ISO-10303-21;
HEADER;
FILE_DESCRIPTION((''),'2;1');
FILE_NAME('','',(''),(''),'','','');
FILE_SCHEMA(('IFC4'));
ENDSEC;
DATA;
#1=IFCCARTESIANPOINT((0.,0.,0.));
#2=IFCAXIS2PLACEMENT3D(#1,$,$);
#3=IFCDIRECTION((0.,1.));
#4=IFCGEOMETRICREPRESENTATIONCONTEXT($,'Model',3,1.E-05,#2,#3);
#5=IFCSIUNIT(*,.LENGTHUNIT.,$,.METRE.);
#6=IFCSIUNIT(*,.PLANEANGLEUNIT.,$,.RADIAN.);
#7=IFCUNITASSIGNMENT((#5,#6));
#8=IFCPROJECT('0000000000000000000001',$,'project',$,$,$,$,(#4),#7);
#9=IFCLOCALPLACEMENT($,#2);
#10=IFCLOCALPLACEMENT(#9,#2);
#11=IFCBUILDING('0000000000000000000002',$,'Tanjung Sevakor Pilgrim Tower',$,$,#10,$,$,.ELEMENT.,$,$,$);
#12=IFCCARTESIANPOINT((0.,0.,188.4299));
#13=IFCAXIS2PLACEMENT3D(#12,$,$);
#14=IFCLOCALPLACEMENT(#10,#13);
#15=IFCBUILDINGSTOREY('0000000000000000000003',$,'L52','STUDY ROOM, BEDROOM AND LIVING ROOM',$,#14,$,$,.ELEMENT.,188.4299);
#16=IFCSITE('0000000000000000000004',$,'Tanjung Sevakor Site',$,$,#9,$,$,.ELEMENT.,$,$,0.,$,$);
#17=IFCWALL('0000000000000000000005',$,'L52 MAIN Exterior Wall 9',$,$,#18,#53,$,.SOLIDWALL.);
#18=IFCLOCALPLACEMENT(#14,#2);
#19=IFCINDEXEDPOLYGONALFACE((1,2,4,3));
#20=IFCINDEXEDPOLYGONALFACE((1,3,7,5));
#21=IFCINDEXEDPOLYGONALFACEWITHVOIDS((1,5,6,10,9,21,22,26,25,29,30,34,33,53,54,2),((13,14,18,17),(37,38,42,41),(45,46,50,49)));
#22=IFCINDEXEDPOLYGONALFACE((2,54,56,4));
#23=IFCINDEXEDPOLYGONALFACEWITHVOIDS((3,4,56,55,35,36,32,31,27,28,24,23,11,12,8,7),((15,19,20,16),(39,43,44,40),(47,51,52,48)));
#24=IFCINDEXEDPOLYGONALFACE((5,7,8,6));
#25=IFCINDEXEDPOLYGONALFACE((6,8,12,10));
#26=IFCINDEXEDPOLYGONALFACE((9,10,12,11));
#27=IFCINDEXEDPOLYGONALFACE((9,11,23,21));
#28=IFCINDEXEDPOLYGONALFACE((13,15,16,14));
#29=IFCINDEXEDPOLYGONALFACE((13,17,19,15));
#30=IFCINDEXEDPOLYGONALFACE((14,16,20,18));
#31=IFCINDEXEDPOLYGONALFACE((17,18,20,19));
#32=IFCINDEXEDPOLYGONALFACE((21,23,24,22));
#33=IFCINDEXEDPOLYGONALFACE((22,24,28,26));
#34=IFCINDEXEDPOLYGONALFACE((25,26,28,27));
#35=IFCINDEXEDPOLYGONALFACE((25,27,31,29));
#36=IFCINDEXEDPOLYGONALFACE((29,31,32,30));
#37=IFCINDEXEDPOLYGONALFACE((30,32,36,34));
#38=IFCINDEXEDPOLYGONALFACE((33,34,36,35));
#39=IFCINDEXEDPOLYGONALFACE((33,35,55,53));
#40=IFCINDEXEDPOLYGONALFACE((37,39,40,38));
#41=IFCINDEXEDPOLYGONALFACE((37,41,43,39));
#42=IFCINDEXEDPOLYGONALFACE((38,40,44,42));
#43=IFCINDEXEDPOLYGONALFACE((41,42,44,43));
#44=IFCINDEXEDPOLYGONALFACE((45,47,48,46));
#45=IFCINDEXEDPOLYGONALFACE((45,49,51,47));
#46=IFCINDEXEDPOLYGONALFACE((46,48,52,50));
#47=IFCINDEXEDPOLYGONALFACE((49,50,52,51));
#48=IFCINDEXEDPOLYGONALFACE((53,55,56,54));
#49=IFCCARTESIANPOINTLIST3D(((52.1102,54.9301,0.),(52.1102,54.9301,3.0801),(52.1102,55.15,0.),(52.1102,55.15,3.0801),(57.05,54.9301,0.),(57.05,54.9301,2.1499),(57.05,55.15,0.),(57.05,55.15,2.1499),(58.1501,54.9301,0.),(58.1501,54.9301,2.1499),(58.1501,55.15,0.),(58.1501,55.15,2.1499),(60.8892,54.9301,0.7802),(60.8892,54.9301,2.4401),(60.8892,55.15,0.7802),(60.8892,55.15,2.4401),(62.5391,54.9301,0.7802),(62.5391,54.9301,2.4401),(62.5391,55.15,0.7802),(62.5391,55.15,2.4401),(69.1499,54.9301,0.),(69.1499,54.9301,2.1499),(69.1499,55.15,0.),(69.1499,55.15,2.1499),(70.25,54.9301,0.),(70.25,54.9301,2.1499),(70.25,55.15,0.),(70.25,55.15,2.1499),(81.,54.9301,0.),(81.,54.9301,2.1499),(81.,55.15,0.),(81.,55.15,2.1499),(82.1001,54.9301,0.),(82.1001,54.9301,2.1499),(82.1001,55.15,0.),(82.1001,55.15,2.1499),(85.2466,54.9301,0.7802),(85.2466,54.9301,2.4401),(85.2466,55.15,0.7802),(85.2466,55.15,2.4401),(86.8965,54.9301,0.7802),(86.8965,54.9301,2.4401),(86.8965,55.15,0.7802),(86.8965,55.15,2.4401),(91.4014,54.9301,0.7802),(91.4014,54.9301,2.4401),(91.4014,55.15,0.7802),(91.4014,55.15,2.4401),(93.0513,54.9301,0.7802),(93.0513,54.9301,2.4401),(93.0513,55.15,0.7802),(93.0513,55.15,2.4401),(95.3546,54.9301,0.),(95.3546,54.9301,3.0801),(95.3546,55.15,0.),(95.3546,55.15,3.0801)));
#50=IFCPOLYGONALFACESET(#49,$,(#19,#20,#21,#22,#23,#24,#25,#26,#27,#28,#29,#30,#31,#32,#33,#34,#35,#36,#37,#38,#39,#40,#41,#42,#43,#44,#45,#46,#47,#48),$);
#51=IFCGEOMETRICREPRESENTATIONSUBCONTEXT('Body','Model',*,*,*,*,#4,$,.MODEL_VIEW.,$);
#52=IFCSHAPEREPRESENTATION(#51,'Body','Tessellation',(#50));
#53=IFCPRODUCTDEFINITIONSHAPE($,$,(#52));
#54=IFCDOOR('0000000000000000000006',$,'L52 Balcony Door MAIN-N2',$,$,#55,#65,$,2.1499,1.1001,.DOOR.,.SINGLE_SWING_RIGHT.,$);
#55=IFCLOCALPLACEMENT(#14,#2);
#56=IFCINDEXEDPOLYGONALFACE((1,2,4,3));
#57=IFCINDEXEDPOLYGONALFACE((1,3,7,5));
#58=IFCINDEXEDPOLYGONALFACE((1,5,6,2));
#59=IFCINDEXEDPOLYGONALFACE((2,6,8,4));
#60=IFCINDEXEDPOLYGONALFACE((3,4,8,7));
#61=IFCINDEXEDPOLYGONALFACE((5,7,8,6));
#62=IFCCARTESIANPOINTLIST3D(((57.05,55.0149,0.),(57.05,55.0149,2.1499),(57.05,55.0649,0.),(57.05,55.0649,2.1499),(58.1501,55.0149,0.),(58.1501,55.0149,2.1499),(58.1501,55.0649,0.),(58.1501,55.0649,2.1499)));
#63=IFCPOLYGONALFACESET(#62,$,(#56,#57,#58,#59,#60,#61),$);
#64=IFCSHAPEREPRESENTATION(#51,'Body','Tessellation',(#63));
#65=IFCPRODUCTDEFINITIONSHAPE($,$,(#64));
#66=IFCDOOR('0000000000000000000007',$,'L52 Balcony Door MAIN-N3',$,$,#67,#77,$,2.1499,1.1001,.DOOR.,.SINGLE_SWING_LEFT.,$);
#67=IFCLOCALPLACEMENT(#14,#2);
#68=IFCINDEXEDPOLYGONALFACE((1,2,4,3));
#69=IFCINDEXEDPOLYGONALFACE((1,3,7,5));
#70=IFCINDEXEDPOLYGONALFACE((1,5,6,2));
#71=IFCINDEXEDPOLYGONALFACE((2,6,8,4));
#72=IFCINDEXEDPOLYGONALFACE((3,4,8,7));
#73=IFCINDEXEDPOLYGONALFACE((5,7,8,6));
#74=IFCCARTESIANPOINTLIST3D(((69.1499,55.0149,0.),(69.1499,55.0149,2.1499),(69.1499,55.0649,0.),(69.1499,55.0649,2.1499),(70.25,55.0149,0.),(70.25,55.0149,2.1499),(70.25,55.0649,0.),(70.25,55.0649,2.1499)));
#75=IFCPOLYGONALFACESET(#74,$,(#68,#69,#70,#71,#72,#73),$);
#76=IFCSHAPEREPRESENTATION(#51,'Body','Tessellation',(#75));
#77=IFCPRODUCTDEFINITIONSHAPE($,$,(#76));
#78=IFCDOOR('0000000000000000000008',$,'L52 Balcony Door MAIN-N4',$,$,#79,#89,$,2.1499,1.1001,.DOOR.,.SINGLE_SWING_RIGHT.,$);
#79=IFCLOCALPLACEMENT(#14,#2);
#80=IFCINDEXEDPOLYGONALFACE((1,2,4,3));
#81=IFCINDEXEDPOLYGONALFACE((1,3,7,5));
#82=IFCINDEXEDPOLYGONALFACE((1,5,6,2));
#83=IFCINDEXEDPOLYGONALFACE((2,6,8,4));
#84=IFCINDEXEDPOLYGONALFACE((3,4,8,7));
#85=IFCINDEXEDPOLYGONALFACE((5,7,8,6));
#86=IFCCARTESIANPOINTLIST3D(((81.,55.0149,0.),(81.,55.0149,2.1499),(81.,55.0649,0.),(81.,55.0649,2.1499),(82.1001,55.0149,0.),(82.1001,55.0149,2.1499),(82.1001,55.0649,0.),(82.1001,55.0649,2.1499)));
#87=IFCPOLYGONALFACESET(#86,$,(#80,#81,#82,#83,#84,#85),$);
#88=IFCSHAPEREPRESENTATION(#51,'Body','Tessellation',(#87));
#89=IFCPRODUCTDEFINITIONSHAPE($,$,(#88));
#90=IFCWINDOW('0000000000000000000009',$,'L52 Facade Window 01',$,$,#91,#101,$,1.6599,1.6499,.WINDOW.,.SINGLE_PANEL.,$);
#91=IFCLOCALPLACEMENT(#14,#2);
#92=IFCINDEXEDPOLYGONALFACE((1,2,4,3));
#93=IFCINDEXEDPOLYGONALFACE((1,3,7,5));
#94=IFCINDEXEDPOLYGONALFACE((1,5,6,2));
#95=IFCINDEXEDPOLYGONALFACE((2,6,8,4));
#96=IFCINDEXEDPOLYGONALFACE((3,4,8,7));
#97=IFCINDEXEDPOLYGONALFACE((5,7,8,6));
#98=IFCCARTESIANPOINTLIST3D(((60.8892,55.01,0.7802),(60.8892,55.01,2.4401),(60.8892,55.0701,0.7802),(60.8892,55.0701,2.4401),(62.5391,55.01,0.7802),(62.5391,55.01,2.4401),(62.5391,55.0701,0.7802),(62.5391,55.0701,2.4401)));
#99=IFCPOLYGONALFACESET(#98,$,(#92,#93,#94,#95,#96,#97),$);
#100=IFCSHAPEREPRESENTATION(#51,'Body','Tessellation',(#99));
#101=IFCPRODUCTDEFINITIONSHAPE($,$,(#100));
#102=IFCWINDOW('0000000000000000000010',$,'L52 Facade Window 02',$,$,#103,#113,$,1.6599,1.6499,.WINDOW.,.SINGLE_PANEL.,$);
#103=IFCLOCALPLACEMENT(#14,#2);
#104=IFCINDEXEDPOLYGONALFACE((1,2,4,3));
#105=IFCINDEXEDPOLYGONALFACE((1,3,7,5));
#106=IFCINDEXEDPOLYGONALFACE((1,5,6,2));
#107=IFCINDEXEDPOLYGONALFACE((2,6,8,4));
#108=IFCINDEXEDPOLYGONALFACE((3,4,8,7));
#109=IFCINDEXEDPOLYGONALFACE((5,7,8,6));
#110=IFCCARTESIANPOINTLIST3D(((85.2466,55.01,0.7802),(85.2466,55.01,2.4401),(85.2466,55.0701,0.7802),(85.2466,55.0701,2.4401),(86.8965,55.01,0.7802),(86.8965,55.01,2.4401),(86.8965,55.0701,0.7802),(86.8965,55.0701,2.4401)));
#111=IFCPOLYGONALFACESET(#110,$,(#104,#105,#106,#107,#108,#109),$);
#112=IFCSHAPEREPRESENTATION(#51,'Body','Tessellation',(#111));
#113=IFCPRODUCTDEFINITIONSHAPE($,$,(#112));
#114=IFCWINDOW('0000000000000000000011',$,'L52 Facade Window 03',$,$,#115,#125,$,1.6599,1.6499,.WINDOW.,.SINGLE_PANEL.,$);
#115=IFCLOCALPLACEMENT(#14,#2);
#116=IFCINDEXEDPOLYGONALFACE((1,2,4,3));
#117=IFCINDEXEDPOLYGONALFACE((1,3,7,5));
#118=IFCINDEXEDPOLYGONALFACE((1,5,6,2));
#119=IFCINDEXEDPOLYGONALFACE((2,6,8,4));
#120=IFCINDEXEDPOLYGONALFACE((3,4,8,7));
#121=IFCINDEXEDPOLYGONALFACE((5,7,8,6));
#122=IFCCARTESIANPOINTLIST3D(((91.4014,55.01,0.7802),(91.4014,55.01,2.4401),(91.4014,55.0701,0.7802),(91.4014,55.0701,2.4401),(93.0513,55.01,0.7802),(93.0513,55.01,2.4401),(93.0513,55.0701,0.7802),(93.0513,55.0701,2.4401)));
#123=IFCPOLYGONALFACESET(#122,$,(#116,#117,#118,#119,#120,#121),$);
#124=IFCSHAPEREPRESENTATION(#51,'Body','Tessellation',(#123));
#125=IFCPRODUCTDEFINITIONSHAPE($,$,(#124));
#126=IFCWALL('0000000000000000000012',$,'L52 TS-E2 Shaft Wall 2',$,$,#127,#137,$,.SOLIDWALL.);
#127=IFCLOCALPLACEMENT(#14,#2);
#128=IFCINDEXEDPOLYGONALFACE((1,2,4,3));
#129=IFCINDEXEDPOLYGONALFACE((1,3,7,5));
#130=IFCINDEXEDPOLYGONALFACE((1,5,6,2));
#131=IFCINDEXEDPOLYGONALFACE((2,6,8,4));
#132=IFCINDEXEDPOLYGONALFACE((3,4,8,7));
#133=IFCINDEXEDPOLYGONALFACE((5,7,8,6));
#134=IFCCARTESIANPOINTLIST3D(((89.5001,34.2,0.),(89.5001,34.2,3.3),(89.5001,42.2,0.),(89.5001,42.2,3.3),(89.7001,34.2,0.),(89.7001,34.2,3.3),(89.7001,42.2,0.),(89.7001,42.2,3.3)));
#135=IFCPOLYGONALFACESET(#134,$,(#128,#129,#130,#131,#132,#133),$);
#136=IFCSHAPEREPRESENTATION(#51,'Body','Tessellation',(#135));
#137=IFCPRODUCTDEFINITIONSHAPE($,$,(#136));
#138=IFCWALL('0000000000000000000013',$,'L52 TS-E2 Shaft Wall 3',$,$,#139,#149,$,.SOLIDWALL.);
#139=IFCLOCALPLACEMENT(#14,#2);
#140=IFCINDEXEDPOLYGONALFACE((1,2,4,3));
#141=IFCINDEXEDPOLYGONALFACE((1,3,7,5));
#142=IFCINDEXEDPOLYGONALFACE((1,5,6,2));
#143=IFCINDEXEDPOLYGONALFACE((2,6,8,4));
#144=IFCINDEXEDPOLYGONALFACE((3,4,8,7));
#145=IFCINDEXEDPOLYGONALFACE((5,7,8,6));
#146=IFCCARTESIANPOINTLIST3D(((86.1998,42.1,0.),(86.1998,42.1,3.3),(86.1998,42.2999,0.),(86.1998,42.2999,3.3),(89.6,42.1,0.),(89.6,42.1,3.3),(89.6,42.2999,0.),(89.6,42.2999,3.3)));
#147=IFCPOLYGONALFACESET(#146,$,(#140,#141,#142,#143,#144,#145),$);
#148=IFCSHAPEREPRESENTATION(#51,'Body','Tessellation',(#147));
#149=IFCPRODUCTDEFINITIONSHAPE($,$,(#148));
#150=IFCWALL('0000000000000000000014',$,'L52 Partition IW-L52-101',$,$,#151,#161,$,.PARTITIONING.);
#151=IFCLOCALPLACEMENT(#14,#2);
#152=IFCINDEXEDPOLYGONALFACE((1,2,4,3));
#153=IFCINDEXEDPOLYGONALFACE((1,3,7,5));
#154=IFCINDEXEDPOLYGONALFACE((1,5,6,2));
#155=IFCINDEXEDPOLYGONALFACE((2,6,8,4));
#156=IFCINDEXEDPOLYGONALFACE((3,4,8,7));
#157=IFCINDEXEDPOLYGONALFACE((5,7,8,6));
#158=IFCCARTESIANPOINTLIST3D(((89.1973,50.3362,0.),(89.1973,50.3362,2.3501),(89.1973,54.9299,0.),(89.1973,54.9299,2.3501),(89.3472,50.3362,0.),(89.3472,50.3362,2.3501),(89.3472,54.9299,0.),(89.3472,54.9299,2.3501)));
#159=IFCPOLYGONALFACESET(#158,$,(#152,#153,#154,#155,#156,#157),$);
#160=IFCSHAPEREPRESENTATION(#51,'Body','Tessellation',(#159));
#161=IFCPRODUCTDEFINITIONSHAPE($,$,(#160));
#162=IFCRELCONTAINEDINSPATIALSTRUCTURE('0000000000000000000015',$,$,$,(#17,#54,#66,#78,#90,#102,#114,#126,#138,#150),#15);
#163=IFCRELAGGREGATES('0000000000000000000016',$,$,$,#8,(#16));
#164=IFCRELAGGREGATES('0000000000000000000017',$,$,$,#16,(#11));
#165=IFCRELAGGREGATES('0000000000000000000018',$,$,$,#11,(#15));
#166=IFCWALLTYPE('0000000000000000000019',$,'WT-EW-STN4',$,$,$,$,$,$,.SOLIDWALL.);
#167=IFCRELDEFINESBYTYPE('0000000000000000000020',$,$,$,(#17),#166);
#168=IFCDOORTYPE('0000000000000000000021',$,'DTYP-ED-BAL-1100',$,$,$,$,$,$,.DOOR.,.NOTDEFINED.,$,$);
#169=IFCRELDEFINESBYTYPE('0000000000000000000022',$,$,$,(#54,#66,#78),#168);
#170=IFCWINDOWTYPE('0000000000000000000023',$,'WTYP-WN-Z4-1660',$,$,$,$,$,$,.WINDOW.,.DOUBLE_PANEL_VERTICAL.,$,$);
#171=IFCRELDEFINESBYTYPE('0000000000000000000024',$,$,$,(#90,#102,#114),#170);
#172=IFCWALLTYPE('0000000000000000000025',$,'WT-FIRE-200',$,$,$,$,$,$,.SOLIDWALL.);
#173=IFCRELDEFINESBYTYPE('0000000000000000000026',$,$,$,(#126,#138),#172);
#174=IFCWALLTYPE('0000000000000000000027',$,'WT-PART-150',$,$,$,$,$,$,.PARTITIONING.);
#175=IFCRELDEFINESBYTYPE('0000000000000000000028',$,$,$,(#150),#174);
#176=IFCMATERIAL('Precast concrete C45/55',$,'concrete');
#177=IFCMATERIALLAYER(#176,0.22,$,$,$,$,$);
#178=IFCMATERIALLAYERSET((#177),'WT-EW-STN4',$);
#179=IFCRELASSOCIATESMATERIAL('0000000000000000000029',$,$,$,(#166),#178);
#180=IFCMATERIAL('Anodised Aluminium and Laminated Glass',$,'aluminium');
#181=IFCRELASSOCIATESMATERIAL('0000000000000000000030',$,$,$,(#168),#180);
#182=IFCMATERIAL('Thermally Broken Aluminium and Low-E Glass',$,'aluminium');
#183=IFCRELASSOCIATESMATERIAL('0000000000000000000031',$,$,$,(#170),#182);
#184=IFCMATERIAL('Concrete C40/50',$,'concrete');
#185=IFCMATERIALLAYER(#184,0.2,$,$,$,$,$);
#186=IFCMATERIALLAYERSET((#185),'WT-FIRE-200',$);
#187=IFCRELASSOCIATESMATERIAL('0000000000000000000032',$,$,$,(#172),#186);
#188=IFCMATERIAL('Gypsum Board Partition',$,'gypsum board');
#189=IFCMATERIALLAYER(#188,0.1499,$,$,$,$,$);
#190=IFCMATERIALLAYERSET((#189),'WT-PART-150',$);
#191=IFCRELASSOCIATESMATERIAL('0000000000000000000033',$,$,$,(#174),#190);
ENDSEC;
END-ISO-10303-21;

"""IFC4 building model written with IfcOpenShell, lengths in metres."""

from ifc_helpers import new_model, si_unit, direction, frame, frame_2d, origin, place, context, subcontext, project, spatial, rectangle, extrude, material, layer, layer_set, type_object, element, fill, save


model = new_model("IFC4")

# Units and contexts
model_context = context("Model", 3, precision=1e-05, world=origin(), true_north=direction((0.0, 1.0)))
body_context = subcontext(model_context, "Body", "Model", "MODEL_VIEW")
ifc_project = project(units=[si_unit("LENGTHUNIT", "METRE"), si_unit("PLANEANGLEUNIT", "RADIAN")], contexts=[model_context])

# Site, building, storey
site_placement = place(None, origin())
site = spatial("IfcSite", under=ifc_project, at=site_placement, Name="Tanjung Sevakor Site", CompositionType="ELEMENT", RefElevation=0.0)
building_placement = place(site_placement, origin())
building = spatial("IfcBuilding", under=site, at=building_placement, Name="Tanjung Sevakor Pilgrim Tower", CompositionType="ELEMENT")
storey_placement = place(building_placement, frame((0.0, 0.0, 188.4299)))
storey = spatial("IfcBuildingStorey", under=building, at=storey_placement, Name="L52", Description="STUDY ROOM, BEDROOM AND LIVING ROOM", CompositionType="ELEMENT", Elevation=188.4299)

# Wall, openings, doors, windows
ifc_material_1 = material(Name="Precast concrete C45/55", Category="concrete")
ifc_layer_1 = layer(ifc_material_1, 0.22)
ifc_layer_set_1 = layer_set([ifc_layer_1], Name="WT-EW-STN4")
wall_type_1 = type_object("IfcWallType", Name="WT-EW-STN4", PredefinedType="SOLIDWALL", material=ifc_layer_set_1)
wall_1_placement = place(storey_placement, frame((95.3545, 55.04, 0.0), z_axis=(0.0, 0.0, 1.0), x_axis=(-1.0, 0.0, 0.0)))
wall_1 = element("IfcWall", 1, at=wall_1_placement, inside=storey, type_object=wall_type_1, Name="L52 MAIN Exterior Wall 9", PredefinedType="SOLIDWALL", context=body_context, shape_type="SweptSolid", body=[
    extrude(rectangle(XDim=43.2444, YDim=0.22, at=frame_2d((21.6221, 0.0))), origin(), (0.0, 0.0, 1.0), 3.0801),
])
opening_1_placement = place(wall_1_placement, frame((37.2043, 0.0, 0.0)))
opening_1 = element("IfcOpeningElement", 2, at=opening_1_placement, cuts=wall_1, PredefinedType="OPENING", context=body_context, shape_type="SweptSolid", body=[
    extrude(rectangle(XDim=1.1001, YDim=2.1499, at=frame_2d((0.55, 1.075))), frame((0.0, 0.1199, 0.0), z_axis=(0.0, -1.0, 0.0), x_axis=(1.0, 0.0, 0.0)), (0.0, 0.0, 1.0), 0.24),
])
opening_2_placement = place(wall_1_placement, frame((25.1045, 0.0, 0.0)))
opening_2 = element("IfcOpeningElement", 3, at=opening_2_placement, cuts=wall_1, PredefinedType="OPENING", context=body_context, shape_type="SweptSolid", body=[
    extrude(rectangle(XDim=1.1001, YDim=2.1499, at=frame_2d((0.55, 1.075))), frame((0.0, 0.1199, 0.0), z_axis=(0.0, -1.0, 0.0), x_axis=(1.0, 0.0, 0.0)), (0.0, 0.0, 1.0), 0.24),
])
opening_3_placement = place(wall_1_placement, frame((13.2544, 0.0, 0.0)))
opening_3 = element("IfcOpeningElement", 4, at=opening_3_placement, cuts=wall_1, PredefinedType="OPENING", context=body_context, shape_type="SweptSolid", body=[
    extrude(rectangle(XDim=1.1001, YDim=2.1499, at=frame_2d((0.55, 1.075))), frame((0.0, 0.1199, 0.0), z_axis=(0.0, -1.0, 0.0), x_axis=(1.0, 0.0, 0.0)), (0.0, 0.0, 1.0), 0.24),
])
opening_4_placement = place(wall_1_placement, frame((32.8154, 0.0, 0.78)))
opening_4 = element("IfcOpeningElement", 5, at=opening_4_placement, cuts=wall_1, PredefinedType="OPENING", context=body_context, shape_type="SweptSolid", body=[
    extrude(rectangle(XDim=1.6499, YDim=1.6599, at=frame_2d((0.825, 0.8301))), frame((0.0, 0.1199, 0.0), z_axis=(0.0, -1.0, 0.0), x_axis=(1.0, 0.0, 0.0)), (0.0, 0.0, 1.0), 0.24),
])
opening_5_placement = place(wall_1_placement, frame((8.458, 0.0, 0.78)))
opening_5 = element("IfcOpeningElement", 6, at=opening_5_placement, cuts=wall_1, PredefinedType="OPENING", context=body_context, shape_type="SweptSolid", body=[
    extrude(rectangle(XDim=1.6499, YDim=1.6599, at=frame_2d((0.825, 0.8301))), frame((0.0, 0.1199, 0.0), z_axis=(0.0, -1.0, 0.0), x_axis=(1.0, 0.0, 0.0)), (0.0, 0.0, 1.0), 0.24),
])
opening_6_placement = place(wall_1_placement, frame((2.3032, 0.0, 0.78)))
opening_6 = element("IfcOpeningElement", 7, at=opening_6_placement, cuts=wall_1, PredefinedType="OPENING", context=body_context, shape_type="SweptSolid", body=[
    extrude(rectangle(XDim=1.6499, YDim=1.6599, at=frame_2d((0.825, 0.8301))), frame((0.0, 0.1199, 0.0), z_axis=(0.0, -1.0, 0.0), x_axis=(1.0, 0.0, 0.0)), (0.0, 0.0, 1.0), 0.24),
])
ifc_material_2 = material(Name="Anodised Aluminium and Laminated Glass", Category="aluminium")
door_type = type_object("IfcDoorType", Name="DTYP-ED-BAL-1100", OperationType="NOTDEFINED", PredefinedType="DOOR", material=ifc_material_2)
door_1_placement = place(opening_1_placement, frame((1.1001, 0.0, 0.0), z_axis=(0.0, 0.0, 1.0), x_axis=(-1.0, 0.0, 0.0)))
door_1 = element("IfcDoor", 8, at=door_1_placement, inside=storey, type_object=door_type, Name="L52 Balcony Door MAIN-N2", OperationType="SINGLE_SWING_RIGHT", OverallHeight=2.1499, OverallWidth=1.1001, PredefinedType="DOOR", context=body_context, shape_type="SweptSolid", body=[
    extrude(rectangle(XDim=1.1001, YDim=2.1499, at=frame_2d((0.55, 1.075))), frame((0.0, 0.0249, 0.0), z_axis=(0.0, -1.0, 0.0), x_axis=(1.0, 0.0, 0.0)), (0.0, 0.0, 1.0), 0.05),
])
fill(opening_1, door_1)
door_2_placement = place(opening_2_placement, frame((1.1001, 0.0, 0.0), z_axis=(0.0, 0.0, 1.0), x_axis=(-1.0, 0.0, 0.0)))
door_2 = element("IfcDoor", 9, at=door_2_placement, inside=storey, type_object=door_type, Name="L52 Balcony Door MAIN-N3", OperationType="SINGLE_SWING_LEFT", OverallHeight=2.1499, OverallWidth=1.1001, PredefinedType="DOOR", context=body_context, shape_type="SweptSolid", body=[
    extrude(rectangle(XDim=1.1001, YDim=2.1499, at=frame_2d((0.55, 1.075))), frame((0.0, 0.0249, 0.0), z_axis=(0.0, -1.0, 0.0), x_axis=(1.0, 0.0, 0.0)), (0.0, 0.0, 1.0), 0.05),
])
fill(opening_2, door_2)
door_3_placement = place(opening_3_placement, frame((1.1001, 0.0, 0.0), z_axis=(0.0, 0.0, 1.0), x_axis=(-1.0, 0.0, 0.0)))
door_3 = element("IfcDoor", 10, at=door_3_placement, inside=storey, type_object=door_type, Name="L52 Balcony Door MAIN-N4", OperationType="SINGLE_SWING_RIGHT", OverallHeight=2.1499, OverallWidth=1.1001, PredefinedType="DOOR", context=body_context, shape_type="SweptSolid", body=[
    extrude(rectangle(XDim=1.1001, YDim=2.1499, at=frame_2d((0.55, 1.075))), frame((0.0, 0.0249, 0.0), z_axis=(0.0, -1.0, 0.0), x_axis=(1.0, 0.0, 0.0)), (0.0, 0.0, 1.0), 0.05),
])
fill(opening_3, door_3)
ifc_material_3 = material(Name="Thermally Broken Aluminium and Low-E Glass", Category="aluminium")
window_type = type_object("IfcWindowType", Name="WTYP-WN-Z4-1660", PartitioningType="DOUBLE_PANEL_VERTICAL", PredefinedType="WINDOW", material=ifc_material_3)
window_1_placement = place(opening_4_placement, origin())
window_1 = element("IfcWindow", 11, at=window_1_placement, inside=storey, type_object=window_type, Name="L52 Facade Window 01", OverallHeight=1.6599, OverallWidth=1.6499, PartitioningType="SINGLE_PANEL", PredefinedType="WINDOW", context=body_context, shape_type="SweptSolid", body=[
    extrude(rectangle(XDim=1.6499, YDim=1.6599, at=frame_2d((0.825, 0.8301))), frame((0.0, 0.03, 0.0), z_axis=(0.0, -1.0, 0.0), x_axis=(1.0, 0.0, 0.0)), (0.0, 0.0, 1.0), 0.0601),
])
fill(opening_4, window_1)
window_2_placement = place(opening_5_placement, origin())
window_2 = element("IfcWindow", 12, at=window_2_placement, inside=storey, type_object=window_type, Name="L52 Facade Window 02", OverallHeight=1.6599, OverallWidth=1.6499, PartitioningType="SINGLE_PANEL", PredefinedType="WINDOW", context=body_context, shape_type="SweptSolid", body=[
    extrude(rectangle(XDim=1.6499, YDim=1.6599, at=frame_2d((0.825, 0.8301))), frame((0.0, 0.03, 0.0), z_axis=(0.0, -1.0, 0.0), x_axis=(1.0, 0.0, 0.0)), (0.0, 0.0, 1.0), 0.0601),
])
fill(opening_5, window_2)
window_3_placement = place(opening_6_placement, origin())
window_3 = element("IfcWindow", 13, at=window_3_placement, inside=storey, type_object=window_type, Name="L52 Facade Window 03", OverallHeight=1.6599, OverallWidth=1.6499, PartitioningType="SINGLE_PANEL", PredefinedType="WINDOW", context=body_context, shape_type="SweptSolid", body=[
    extrude(rectangle(XDim=1.6499, YDim=1.6599, at=frame_2d((0.825, 0.8301))), frame((0.0, 0.03, 0.0), z_axis=(0.0, -1.0, 0.0), x_axis=(1.0, 0.0, 0.0)), (0.0, 0.0, 1.0), 0.0601),
])
fill(opening_6, window_3)

# Walls
ifc_material_4 = material(Name="Concrete C40/50", Category="concrete")
ifc_layer_2 = layer(ifc_material_4, 0.2)
ifc_layer_set_2 = layer_set([ifc_layer_2], Name="WT-FIRE-200")
wall_type_2 = type_object("IfcWallType", Name="WT-FIRE-200", PredefinedType="SOLIDWALL", material=ifc_layer_set_2)
wall_2_placement = place(storey_placement, frame((89.6001, 34.2, 0.0), z_axis=(0.0, 0.0, 1.0), x_axis=(0.0, 1.0, 0.0)))
element("IfcWall", 14, at=wall_2_placement, inside=storey, type_object=wall_type_2, Name="L52 TS-E2 Shaft Wall 2", PredefinedType="SOLIDWALL", context=body_context, shape_type="SweptSolid", body=[
    extrude(rectangle(XDim=8.0, YDim=0.2, at=frame_2d((4.0, 0.0))), origin(), (0.0, 0.0, 1.0), 3.3),
])
wall_3_placement = place(storey_placement, frame((89.6001, 42.2, 0.0), z_axis=(0.0, 0.0, 1.0), x_axis=(-1.0, 0.0, 0.0)))
element("IfcWall", 15, at=wall_3_placement, inside=storey, type_object=wall_type_2, Name="L52 TS-E2 Shaft Wall 3", PredefinedType="SOLIDWALL", context=body_context, shape_type="SweptSolid", body=[
    extrude(rectangle(XDim=3.4001, YDim=0.2, at=frame_2d((1.7002, 0.0))), origin(), (0.0, 0.0, 1.0), 3.3),
])
ifc_material_5 = material(Name="Gypsum Board Partition", Category="gypsum board")
ifc_layer_3 = layer(ifc_material_5, 0.1499)
ifc_layer_set_3 = layer_set([ifc_layer_3], Name="WT-PART-150")
wall_type_3 = type_object("IfcWallType", Name="WT-PART-150", PredefinedType="PARTITIONING", material=ifc_layer_set_3)
wall_4_placement = place(storey_placement, frame((89.2722, 50.3362, 0.0), z_axis=(0.0, 0.0, 1.0), x_axis=(0.0, 1.0, 0.0)))
element("IfcWall", 16, at=wall_4_placement, inside=storey, type_object=wall_type_3, Name="L52 Partition IW-L52-101", PredefinedType="PARTITIONING", context=body_context, shape_type="SweptSolid", body=[
    extrude(rectangle(XDim=4.5938, YDim=0.1499, at=frame_2d((2.2969, 0.0))), origin(), (0.0, 0.0, 1.0), 2.3501),
])

save(model, "model.ifc")
